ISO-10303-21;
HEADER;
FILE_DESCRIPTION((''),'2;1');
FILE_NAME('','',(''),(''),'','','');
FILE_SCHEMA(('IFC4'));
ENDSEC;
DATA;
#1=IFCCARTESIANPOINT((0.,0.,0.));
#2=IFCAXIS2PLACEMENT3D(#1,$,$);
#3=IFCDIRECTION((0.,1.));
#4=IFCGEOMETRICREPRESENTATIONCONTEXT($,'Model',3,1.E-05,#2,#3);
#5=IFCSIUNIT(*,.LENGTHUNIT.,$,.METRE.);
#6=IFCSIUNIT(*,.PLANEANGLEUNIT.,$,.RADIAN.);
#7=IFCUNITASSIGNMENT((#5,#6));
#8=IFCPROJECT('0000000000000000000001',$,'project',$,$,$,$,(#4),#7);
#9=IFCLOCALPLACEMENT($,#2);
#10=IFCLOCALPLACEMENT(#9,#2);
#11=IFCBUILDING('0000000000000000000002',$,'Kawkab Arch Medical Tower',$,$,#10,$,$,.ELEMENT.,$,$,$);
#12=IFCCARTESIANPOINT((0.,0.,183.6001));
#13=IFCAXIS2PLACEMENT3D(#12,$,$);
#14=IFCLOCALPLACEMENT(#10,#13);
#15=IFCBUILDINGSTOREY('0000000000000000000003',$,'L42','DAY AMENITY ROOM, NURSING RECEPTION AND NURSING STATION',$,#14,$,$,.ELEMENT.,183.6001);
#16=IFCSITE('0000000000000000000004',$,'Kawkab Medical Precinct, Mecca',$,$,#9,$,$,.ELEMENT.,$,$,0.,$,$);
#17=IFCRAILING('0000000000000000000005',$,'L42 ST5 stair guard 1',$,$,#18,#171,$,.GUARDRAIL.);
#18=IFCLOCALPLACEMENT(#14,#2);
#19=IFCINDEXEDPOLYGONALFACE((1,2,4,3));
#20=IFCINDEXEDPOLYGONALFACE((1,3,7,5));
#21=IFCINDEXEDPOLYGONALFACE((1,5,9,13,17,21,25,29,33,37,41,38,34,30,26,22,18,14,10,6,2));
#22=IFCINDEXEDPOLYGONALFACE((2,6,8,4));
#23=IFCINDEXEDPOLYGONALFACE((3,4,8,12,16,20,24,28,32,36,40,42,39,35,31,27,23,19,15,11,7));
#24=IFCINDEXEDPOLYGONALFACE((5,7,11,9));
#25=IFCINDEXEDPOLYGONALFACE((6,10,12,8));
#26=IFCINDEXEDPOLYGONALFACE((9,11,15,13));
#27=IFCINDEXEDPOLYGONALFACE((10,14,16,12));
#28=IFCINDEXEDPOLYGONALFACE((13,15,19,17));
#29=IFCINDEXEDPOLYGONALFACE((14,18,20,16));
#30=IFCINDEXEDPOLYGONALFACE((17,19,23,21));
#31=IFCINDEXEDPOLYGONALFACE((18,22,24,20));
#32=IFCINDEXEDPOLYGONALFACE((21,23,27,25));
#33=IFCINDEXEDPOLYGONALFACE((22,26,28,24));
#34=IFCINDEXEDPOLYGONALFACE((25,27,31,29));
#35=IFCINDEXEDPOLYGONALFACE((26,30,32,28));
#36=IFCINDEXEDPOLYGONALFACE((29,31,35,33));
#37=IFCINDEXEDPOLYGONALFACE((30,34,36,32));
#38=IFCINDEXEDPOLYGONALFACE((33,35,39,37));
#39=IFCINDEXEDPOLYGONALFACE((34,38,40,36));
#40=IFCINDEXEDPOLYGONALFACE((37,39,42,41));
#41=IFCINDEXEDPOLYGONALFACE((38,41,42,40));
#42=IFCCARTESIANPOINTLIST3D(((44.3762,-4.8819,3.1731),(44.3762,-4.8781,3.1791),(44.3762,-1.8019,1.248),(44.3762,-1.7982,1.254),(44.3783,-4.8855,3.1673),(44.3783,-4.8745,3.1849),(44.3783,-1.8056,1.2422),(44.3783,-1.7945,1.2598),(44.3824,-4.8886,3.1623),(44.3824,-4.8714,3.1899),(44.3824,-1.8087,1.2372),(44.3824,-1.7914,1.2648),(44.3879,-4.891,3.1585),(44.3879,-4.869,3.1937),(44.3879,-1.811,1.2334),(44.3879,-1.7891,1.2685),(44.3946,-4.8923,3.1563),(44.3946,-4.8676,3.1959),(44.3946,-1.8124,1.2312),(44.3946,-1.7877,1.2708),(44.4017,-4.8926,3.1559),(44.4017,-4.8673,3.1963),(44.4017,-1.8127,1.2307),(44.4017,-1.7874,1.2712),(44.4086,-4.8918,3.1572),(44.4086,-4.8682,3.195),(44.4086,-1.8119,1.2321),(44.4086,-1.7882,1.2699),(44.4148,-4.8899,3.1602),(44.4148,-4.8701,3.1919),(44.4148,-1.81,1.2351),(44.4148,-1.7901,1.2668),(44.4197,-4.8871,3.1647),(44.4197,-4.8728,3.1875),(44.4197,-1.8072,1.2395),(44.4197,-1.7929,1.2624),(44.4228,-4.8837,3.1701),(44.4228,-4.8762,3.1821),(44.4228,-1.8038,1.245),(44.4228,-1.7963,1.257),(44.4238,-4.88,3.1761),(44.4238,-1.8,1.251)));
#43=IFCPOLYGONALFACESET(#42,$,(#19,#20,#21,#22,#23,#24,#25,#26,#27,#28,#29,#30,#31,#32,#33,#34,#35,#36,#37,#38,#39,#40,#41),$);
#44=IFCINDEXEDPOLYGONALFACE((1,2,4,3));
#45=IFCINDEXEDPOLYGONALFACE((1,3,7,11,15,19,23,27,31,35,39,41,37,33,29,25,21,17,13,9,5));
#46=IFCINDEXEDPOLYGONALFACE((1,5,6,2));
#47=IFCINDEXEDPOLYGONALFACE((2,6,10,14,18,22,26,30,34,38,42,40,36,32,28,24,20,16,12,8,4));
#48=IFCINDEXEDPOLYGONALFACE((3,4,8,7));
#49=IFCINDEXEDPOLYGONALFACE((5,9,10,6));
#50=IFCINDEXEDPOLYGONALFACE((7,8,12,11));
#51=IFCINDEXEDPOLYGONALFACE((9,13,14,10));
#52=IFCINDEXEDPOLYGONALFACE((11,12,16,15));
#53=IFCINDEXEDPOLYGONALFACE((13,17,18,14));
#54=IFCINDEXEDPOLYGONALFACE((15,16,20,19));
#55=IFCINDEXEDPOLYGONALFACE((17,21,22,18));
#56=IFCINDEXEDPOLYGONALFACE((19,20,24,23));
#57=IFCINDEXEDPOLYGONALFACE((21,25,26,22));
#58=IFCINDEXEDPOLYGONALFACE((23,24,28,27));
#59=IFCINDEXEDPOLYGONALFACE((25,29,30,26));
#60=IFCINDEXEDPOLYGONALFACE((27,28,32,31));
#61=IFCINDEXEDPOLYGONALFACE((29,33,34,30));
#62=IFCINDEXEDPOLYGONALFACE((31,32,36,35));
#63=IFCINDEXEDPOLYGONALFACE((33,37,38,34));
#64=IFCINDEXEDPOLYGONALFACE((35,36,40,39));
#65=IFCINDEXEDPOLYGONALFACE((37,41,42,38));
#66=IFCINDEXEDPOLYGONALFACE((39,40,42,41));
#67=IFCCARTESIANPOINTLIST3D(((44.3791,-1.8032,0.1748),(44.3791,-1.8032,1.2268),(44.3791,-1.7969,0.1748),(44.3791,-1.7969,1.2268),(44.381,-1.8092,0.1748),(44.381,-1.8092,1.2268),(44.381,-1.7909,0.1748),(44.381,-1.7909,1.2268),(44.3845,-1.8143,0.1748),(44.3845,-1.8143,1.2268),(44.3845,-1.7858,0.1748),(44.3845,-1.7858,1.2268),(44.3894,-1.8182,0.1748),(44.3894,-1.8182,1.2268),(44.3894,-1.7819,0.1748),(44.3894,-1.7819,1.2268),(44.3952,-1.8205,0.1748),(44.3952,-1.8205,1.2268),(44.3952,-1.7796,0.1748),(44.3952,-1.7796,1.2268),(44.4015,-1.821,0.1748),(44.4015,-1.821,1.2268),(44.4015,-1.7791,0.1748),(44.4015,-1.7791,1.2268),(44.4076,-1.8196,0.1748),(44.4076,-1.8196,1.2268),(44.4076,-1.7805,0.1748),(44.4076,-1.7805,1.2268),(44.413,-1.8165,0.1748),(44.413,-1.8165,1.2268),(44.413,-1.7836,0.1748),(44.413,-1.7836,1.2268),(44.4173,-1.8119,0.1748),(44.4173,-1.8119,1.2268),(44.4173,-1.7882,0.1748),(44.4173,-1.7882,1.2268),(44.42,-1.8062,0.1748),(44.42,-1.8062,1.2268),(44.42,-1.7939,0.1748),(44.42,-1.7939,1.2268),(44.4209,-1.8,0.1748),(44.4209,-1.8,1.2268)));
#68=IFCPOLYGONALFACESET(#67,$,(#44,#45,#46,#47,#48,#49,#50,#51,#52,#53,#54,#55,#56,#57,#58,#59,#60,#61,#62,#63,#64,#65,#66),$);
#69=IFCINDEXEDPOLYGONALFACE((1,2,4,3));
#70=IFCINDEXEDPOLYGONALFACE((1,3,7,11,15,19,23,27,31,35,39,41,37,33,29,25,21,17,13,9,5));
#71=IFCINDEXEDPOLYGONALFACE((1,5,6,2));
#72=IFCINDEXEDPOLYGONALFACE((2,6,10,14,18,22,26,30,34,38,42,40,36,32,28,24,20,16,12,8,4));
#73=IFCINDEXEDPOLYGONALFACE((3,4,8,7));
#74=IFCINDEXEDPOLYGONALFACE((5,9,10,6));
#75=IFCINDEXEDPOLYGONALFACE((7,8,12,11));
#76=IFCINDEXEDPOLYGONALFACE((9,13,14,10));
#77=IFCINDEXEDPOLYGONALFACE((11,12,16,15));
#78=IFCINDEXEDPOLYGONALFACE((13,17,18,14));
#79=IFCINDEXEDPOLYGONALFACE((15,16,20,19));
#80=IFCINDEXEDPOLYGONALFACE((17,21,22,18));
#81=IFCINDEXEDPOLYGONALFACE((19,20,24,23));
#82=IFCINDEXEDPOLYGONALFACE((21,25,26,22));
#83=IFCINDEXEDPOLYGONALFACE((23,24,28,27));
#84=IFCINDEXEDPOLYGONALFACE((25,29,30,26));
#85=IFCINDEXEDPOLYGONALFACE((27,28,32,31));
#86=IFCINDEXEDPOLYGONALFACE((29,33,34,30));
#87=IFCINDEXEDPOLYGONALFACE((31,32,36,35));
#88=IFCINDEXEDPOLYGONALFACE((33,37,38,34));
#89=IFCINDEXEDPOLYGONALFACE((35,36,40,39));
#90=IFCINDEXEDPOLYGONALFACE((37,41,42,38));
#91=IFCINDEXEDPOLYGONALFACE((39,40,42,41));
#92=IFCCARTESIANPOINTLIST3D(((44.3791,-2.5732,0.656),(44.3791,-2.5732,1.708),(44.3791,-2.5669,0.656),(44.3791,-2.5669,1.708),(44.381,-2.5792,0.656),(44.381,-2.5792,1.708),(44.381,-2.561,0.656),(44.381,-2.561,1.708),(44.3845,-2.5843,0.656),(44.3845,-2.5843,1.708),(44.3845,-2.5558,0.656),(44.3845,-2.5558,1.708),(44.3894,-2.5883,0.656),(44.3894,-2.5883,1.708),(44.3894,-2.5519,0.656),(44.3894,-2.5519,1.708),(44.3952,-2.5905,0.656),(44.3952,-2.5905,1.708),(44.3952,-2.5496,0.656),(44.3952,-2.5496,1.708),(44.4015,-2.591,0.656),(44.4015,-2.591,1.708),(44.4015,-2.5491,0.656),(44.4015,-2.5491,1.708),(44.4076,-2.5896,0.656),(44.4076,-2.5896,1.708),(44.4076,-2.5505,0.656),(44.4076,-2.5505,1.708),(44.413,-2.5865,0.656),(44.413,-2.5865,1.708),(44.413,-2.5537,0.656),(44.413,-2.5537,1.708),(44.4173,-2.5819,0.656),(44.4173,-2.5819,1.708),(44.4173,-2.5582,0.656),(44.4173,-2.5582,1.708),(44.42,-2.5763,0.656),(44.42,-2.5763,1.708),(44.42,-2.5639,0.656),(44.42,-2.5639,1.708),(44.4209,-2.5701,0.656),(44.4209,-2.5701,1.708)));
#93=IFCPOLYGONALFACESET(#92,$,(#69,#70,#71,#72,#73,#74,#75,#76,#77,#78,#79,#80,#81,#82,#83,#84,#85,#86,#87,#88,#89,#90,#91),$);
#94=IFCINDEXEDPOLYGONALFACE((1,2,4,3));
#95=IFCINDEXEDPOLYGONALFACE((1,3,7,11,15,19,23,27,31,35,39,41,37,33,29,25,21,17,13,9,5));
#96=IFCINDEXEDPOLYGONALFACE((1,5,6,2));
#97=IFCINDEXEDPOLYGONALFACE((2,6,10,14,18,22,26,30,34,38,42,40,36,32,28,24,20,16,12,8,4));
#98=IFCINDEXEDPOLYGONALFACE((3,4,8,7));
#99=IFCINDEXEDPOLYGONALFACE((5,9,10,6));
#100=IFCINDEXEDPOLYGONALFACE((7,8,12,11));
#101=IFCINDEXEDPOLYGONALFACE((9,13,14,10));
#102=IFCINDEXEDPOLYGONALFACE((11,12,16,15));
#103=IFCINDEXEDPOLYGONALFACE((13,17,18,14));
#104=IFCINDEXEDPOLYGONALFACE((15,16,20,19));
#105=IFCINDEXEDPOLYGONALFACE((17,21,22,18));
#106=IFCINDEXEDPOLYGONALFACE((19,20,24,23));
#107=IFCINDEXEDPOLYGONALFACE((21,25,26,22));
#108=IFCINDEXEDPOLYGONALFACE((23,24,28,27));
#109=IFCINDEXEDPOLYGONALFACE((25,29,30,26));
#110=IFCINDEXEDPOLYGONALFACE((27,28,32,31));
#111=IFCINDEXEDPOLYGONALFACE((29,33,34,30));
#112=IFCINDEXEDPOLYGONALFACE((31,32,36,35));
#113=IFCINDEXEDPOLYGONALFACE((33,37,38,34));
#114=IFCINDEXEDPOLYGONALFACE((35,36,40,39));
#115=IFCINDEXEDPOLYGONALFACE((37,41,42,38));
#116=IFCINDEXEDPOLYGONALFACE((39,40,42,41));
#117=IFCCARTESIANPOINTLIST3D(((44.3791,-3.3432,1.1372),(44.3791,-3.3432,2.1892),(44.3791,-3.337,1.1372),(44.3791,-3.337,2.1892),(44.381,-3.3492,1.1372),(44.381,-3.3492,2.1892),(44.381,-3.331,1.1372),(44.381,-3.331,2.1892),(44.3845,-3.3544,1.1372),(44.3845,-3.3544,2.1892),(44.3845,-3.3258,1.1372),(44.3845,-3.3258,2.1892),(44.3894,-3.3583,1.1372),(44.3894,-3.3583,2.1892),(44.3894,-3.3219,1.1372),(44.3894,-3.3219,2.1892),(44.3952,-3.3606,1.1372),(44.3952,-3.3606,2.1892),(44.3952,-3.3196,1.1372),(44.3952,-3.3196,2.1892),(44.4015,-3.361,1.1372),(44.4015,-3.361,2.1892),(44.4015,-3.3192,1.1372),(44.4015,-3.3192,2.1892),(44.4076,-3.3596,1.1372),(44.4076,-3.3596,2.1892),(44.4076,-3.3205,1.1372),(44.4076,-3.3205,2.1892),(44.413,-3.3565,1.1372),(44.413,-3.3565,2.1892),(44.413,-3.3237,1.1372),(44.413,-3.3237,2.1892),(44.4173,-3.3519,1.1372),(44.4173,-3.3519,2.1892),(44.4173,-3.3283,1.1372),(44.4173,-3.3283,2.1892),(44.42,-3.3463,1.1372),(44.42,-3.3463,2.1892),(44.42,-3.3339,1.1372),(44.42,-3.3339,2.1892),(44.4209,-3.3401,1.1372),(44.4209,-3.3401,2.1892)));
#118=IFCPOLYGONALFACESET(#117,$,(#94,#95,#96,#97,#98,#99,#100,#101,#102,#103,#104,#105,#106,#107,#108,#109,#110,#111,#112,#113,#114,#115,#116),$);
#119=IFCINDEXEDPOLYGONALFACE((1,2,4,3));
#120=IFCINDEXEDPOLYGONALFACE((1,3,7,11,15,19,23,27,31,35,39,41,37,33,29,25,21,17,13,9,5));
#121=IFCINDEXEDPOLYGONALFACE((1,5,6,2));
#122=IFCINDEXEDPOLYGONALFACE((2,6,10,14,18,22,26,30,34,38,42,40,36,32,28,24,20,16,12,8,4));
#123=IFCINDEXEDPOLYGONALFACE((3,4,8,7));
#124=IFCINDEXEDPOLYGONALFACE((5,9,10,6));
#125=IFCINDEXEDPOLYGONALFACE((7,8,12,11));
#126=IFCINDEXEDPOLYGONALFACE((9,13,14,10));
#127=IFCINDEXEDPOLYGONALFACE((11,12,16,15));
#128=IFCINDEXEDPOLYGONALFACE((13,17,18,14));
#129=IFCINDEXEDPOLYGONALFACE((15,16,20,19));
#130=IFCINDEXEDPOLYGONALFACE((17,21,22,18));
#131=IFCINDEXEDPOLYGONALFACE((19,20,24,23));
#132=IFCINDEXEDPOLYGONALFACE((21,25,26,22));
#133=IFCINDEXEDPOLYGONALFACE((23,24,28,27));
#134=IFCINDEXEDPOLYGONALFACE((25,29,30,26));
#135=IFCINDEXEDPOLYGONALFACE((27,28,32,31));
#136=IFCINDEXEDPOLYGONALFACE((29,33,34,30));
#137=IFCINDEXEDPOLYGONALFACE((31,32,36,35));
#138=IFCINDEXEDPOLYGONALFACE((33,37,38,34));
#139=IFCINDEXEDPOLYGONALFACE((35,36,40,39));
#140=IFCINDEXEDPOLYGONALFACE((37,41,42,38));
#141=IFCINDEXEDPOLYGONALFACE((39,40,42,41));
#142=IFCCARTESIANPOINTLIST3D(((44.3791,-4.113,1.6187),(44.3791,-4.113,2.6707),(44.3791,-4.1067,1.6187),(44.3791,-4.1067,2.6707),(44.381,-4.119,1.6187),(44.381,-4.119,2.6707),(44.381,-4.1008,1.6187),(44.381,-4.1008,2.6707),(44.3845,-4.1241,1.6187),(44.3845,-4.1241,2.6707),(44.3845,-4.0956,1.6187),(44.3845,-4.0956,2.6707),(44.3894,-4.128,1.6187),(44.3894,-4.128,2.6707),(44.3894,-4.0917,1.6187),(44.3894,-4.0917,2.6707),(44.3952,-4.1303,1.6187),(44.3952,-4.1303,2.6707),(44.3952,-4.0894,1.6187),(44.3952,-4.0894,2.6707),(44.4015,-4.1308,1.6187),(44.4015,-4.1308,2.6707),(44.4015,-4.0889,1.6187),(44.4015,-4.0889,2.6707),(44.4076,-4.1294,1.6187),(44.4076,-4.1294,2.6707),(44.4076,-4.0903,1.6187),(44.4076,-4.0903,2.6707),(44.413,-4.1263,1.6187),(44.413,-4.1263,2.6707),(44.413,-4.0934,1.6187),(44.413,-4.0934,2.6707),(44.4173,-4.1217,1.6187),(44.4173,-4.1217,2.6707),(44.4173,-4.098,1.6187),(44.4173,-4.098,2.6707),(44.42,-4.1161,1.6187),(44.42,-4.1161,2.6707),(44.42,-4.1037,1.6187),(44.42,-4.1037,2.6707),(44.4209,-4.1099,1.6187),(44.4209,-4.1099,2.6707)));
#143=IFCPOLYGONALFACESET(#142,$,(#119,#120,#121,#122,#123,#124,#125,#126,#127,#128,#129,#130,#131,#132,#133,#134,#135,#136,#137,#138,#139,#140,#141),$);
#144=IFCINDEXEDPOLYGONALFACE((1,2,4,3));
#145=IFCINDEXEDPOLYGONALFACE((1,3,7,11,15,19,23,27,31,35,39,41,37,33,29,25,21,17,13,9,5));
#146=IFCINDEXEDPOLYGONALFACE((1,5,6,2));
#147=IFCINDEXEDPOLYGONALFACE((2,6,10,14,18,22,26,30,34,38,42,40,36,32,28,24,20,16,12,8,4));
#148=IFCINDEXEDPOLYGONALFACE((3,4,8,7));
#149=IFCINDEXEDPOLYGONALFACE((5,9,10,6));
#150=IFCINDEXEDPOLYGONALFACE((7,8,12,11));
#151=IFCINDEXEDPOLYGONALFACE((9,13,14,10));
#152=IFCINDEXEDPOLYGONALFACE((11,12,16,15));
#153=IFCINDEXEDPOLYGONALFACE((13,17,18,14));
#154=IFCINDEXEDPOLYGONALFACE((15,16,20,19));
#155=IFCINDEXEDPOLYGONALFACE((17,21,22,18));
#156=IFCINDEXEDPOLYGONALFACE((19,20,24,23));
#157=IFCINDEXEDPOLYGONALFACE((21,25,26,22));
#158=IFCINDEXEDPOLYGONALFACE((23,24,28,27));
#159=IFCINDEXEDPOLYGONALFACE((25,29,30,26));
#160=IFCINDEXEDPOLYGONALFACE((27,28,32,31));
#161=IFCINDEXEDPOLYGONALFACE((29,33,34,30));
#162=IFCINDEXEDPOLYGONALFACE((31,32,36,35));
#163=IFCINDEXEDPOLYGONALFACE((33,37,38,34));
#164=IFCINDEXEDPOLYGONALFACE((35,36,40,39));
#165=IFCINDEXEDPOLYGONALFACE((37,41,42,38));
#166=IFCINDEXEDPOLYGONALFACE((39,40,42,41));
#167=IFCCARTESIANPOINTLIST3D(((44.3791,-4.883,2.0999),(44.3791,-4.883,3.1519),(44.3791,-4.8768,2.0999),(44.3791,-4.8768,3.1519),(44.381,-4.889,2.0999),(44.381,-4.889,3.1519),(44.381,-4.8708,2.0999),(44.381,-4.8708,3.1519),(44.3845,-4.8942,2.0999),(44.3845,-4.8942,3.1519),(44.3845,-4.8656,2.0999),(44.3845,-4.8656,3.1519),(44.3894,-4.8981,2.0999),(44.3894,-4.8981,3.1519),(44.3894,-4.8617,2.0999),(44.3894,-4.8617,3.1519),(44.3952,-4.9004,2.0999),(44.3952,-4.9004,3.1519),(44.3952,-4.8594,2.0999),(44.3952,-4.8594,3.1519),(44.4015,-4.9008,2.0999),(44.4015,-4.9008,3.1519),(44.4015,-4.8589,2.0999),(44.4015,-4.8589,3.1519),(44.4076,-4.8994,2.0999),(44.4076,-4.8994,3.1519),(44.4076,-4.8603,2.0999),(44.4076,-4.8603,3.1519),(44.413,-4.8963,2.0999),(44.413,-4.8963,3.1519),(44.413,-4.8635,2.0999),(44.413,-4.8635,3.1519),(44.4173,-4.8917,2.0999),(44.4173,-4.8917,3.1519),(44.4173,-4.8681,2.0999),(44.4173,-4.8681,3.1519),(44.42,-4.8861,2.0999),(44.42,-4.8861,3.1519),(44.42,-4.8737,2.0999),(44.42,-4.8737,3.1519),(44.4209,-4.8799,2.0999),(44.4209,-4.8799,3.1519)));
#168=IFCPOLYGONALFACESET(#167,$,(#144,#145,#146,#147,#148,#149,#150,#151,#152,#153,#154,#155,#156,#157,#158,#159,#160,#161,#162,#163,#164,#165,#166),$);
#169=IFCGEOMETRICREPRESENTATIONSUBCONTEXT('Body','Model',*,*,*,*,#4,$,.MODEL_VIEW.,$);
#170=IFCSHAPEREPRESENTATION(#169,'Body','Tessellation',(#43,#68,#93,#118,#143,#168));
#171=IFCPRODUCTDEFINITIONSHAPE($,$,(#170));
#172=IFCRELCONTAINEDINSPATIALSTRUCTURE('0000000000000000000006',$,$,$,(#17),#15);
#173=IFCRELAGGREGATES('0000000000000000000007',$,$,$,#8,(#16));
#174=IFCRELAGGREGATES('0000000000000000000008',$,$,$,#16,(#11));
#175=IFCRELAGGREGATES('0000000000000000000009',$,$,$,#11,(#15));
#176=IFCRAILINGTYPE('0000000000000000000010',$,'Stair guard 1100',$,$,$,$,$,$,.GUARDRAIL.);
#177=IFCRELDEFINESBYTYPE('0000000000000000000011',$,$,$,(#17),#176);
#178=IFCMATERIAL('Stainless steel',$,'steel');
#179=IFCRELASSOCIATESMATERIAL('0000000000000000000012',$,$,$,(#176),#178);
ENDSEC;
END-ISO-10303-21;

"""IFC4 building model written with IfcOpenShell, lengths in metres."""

from ifc_helpers import new_model, si_unit, direction, frame, origin, origin_2d, place, context, subcontext, project, spatial, circle, extrude, material, type_object, element, save


model = new_model("IFC4")

# Units and contexts
model_context = context("Model", 3, precision=1e-05, world=origin(), true_north=direction((0.0, 1.0)))
body_context = subcontext(model_context, "Body", "Model", "MODEL_VIEW")
ifc_project = project(units=[si_unit("LENGTHUNIT", "METRE"), si_unit("PLANEANGLEUNIT", "RADIAN")], contexts=[model_context])

# Site, building, storey
site_placement = place(None, origin())
site = spatial("IfcSite", under=ifc_project, at=site_placement, Name="Kawkab Medical Precinct, Mecca", CompositionType="ELEMENT", RefElevation=0.0)
building_placement = place(site_placement, origin())
building = spatial("IfcBuilding", under=site, at=building_placement, Name="Kawkab Arch Medical Tower", CompositionType="ELEMENT")
storey_placement = place(building_placement, frame((0.0, 0.0, 183.6001)))
storey = spatial("IfcBuildingStorey", under=building, at=storey_placement, Name="L42", Description="DAY AMENITY ROOM, NURSING RECEPTION AND NURSING STATION", CompositionType="ELEMENT", Elevation=183.6001)

# Railing
ifc_material_1 = material(Name="Stainless steel", Category="steel")
railing_type = type_object("IfcRailingType", Name="Stair guard 1100", PredefinedType="GUARDRAIL", material=ifc_material_1)
railing_placement = place(storey_placement, frame((44.3999, -1.8, 0.1748)))
element("IfcRailing", 1, at=railing_placement, inside=storey, type_object=railing_type, Name="L42 ST5 stair guard 1", PredefinedType="GUARDRAIL", context=body_context, shape_type="SweptSolid", body=[
    extrude(circle(Radius=0.0239, at=origin_2d()), frame((0.0, 0.0, 1.0762), z_axis=(0.0, -0.847979, 0.530029), x_axis=(1.0, 0.0, 0.0)), (0.0, 0.0, 1.0), 3.6321),
    extrude(circle(Radius=0.021, at=origin_2d()), origin(), (0.0, 0.0, 1.0), 1.052),
    extrude(circle(Radius=0.021, at=origin_2d()), frame((0.0, -0.77, 0.4812)), (0.0, 0.0, 1.0), 1.052),
    extrude(circle(Radius=0.021, at=origin_2d()), frame((0.0, -1.54, 0.9624)), (0.0, 0.0, 1.0), 1.052),
    extrude(circle(Radius=0.021, at=origin_2d()), frame((0.0, -2.3098, 1.4438)), (0.0, 0.0, 1.0), 1.052),
    extrude(circle(Radius=0.021, at=origin_2d()), frame((0.0, -3.0798, 1.925)), (0.0, 0.0, 1.0), 1.052),
])

save(model, "model.ifc")
